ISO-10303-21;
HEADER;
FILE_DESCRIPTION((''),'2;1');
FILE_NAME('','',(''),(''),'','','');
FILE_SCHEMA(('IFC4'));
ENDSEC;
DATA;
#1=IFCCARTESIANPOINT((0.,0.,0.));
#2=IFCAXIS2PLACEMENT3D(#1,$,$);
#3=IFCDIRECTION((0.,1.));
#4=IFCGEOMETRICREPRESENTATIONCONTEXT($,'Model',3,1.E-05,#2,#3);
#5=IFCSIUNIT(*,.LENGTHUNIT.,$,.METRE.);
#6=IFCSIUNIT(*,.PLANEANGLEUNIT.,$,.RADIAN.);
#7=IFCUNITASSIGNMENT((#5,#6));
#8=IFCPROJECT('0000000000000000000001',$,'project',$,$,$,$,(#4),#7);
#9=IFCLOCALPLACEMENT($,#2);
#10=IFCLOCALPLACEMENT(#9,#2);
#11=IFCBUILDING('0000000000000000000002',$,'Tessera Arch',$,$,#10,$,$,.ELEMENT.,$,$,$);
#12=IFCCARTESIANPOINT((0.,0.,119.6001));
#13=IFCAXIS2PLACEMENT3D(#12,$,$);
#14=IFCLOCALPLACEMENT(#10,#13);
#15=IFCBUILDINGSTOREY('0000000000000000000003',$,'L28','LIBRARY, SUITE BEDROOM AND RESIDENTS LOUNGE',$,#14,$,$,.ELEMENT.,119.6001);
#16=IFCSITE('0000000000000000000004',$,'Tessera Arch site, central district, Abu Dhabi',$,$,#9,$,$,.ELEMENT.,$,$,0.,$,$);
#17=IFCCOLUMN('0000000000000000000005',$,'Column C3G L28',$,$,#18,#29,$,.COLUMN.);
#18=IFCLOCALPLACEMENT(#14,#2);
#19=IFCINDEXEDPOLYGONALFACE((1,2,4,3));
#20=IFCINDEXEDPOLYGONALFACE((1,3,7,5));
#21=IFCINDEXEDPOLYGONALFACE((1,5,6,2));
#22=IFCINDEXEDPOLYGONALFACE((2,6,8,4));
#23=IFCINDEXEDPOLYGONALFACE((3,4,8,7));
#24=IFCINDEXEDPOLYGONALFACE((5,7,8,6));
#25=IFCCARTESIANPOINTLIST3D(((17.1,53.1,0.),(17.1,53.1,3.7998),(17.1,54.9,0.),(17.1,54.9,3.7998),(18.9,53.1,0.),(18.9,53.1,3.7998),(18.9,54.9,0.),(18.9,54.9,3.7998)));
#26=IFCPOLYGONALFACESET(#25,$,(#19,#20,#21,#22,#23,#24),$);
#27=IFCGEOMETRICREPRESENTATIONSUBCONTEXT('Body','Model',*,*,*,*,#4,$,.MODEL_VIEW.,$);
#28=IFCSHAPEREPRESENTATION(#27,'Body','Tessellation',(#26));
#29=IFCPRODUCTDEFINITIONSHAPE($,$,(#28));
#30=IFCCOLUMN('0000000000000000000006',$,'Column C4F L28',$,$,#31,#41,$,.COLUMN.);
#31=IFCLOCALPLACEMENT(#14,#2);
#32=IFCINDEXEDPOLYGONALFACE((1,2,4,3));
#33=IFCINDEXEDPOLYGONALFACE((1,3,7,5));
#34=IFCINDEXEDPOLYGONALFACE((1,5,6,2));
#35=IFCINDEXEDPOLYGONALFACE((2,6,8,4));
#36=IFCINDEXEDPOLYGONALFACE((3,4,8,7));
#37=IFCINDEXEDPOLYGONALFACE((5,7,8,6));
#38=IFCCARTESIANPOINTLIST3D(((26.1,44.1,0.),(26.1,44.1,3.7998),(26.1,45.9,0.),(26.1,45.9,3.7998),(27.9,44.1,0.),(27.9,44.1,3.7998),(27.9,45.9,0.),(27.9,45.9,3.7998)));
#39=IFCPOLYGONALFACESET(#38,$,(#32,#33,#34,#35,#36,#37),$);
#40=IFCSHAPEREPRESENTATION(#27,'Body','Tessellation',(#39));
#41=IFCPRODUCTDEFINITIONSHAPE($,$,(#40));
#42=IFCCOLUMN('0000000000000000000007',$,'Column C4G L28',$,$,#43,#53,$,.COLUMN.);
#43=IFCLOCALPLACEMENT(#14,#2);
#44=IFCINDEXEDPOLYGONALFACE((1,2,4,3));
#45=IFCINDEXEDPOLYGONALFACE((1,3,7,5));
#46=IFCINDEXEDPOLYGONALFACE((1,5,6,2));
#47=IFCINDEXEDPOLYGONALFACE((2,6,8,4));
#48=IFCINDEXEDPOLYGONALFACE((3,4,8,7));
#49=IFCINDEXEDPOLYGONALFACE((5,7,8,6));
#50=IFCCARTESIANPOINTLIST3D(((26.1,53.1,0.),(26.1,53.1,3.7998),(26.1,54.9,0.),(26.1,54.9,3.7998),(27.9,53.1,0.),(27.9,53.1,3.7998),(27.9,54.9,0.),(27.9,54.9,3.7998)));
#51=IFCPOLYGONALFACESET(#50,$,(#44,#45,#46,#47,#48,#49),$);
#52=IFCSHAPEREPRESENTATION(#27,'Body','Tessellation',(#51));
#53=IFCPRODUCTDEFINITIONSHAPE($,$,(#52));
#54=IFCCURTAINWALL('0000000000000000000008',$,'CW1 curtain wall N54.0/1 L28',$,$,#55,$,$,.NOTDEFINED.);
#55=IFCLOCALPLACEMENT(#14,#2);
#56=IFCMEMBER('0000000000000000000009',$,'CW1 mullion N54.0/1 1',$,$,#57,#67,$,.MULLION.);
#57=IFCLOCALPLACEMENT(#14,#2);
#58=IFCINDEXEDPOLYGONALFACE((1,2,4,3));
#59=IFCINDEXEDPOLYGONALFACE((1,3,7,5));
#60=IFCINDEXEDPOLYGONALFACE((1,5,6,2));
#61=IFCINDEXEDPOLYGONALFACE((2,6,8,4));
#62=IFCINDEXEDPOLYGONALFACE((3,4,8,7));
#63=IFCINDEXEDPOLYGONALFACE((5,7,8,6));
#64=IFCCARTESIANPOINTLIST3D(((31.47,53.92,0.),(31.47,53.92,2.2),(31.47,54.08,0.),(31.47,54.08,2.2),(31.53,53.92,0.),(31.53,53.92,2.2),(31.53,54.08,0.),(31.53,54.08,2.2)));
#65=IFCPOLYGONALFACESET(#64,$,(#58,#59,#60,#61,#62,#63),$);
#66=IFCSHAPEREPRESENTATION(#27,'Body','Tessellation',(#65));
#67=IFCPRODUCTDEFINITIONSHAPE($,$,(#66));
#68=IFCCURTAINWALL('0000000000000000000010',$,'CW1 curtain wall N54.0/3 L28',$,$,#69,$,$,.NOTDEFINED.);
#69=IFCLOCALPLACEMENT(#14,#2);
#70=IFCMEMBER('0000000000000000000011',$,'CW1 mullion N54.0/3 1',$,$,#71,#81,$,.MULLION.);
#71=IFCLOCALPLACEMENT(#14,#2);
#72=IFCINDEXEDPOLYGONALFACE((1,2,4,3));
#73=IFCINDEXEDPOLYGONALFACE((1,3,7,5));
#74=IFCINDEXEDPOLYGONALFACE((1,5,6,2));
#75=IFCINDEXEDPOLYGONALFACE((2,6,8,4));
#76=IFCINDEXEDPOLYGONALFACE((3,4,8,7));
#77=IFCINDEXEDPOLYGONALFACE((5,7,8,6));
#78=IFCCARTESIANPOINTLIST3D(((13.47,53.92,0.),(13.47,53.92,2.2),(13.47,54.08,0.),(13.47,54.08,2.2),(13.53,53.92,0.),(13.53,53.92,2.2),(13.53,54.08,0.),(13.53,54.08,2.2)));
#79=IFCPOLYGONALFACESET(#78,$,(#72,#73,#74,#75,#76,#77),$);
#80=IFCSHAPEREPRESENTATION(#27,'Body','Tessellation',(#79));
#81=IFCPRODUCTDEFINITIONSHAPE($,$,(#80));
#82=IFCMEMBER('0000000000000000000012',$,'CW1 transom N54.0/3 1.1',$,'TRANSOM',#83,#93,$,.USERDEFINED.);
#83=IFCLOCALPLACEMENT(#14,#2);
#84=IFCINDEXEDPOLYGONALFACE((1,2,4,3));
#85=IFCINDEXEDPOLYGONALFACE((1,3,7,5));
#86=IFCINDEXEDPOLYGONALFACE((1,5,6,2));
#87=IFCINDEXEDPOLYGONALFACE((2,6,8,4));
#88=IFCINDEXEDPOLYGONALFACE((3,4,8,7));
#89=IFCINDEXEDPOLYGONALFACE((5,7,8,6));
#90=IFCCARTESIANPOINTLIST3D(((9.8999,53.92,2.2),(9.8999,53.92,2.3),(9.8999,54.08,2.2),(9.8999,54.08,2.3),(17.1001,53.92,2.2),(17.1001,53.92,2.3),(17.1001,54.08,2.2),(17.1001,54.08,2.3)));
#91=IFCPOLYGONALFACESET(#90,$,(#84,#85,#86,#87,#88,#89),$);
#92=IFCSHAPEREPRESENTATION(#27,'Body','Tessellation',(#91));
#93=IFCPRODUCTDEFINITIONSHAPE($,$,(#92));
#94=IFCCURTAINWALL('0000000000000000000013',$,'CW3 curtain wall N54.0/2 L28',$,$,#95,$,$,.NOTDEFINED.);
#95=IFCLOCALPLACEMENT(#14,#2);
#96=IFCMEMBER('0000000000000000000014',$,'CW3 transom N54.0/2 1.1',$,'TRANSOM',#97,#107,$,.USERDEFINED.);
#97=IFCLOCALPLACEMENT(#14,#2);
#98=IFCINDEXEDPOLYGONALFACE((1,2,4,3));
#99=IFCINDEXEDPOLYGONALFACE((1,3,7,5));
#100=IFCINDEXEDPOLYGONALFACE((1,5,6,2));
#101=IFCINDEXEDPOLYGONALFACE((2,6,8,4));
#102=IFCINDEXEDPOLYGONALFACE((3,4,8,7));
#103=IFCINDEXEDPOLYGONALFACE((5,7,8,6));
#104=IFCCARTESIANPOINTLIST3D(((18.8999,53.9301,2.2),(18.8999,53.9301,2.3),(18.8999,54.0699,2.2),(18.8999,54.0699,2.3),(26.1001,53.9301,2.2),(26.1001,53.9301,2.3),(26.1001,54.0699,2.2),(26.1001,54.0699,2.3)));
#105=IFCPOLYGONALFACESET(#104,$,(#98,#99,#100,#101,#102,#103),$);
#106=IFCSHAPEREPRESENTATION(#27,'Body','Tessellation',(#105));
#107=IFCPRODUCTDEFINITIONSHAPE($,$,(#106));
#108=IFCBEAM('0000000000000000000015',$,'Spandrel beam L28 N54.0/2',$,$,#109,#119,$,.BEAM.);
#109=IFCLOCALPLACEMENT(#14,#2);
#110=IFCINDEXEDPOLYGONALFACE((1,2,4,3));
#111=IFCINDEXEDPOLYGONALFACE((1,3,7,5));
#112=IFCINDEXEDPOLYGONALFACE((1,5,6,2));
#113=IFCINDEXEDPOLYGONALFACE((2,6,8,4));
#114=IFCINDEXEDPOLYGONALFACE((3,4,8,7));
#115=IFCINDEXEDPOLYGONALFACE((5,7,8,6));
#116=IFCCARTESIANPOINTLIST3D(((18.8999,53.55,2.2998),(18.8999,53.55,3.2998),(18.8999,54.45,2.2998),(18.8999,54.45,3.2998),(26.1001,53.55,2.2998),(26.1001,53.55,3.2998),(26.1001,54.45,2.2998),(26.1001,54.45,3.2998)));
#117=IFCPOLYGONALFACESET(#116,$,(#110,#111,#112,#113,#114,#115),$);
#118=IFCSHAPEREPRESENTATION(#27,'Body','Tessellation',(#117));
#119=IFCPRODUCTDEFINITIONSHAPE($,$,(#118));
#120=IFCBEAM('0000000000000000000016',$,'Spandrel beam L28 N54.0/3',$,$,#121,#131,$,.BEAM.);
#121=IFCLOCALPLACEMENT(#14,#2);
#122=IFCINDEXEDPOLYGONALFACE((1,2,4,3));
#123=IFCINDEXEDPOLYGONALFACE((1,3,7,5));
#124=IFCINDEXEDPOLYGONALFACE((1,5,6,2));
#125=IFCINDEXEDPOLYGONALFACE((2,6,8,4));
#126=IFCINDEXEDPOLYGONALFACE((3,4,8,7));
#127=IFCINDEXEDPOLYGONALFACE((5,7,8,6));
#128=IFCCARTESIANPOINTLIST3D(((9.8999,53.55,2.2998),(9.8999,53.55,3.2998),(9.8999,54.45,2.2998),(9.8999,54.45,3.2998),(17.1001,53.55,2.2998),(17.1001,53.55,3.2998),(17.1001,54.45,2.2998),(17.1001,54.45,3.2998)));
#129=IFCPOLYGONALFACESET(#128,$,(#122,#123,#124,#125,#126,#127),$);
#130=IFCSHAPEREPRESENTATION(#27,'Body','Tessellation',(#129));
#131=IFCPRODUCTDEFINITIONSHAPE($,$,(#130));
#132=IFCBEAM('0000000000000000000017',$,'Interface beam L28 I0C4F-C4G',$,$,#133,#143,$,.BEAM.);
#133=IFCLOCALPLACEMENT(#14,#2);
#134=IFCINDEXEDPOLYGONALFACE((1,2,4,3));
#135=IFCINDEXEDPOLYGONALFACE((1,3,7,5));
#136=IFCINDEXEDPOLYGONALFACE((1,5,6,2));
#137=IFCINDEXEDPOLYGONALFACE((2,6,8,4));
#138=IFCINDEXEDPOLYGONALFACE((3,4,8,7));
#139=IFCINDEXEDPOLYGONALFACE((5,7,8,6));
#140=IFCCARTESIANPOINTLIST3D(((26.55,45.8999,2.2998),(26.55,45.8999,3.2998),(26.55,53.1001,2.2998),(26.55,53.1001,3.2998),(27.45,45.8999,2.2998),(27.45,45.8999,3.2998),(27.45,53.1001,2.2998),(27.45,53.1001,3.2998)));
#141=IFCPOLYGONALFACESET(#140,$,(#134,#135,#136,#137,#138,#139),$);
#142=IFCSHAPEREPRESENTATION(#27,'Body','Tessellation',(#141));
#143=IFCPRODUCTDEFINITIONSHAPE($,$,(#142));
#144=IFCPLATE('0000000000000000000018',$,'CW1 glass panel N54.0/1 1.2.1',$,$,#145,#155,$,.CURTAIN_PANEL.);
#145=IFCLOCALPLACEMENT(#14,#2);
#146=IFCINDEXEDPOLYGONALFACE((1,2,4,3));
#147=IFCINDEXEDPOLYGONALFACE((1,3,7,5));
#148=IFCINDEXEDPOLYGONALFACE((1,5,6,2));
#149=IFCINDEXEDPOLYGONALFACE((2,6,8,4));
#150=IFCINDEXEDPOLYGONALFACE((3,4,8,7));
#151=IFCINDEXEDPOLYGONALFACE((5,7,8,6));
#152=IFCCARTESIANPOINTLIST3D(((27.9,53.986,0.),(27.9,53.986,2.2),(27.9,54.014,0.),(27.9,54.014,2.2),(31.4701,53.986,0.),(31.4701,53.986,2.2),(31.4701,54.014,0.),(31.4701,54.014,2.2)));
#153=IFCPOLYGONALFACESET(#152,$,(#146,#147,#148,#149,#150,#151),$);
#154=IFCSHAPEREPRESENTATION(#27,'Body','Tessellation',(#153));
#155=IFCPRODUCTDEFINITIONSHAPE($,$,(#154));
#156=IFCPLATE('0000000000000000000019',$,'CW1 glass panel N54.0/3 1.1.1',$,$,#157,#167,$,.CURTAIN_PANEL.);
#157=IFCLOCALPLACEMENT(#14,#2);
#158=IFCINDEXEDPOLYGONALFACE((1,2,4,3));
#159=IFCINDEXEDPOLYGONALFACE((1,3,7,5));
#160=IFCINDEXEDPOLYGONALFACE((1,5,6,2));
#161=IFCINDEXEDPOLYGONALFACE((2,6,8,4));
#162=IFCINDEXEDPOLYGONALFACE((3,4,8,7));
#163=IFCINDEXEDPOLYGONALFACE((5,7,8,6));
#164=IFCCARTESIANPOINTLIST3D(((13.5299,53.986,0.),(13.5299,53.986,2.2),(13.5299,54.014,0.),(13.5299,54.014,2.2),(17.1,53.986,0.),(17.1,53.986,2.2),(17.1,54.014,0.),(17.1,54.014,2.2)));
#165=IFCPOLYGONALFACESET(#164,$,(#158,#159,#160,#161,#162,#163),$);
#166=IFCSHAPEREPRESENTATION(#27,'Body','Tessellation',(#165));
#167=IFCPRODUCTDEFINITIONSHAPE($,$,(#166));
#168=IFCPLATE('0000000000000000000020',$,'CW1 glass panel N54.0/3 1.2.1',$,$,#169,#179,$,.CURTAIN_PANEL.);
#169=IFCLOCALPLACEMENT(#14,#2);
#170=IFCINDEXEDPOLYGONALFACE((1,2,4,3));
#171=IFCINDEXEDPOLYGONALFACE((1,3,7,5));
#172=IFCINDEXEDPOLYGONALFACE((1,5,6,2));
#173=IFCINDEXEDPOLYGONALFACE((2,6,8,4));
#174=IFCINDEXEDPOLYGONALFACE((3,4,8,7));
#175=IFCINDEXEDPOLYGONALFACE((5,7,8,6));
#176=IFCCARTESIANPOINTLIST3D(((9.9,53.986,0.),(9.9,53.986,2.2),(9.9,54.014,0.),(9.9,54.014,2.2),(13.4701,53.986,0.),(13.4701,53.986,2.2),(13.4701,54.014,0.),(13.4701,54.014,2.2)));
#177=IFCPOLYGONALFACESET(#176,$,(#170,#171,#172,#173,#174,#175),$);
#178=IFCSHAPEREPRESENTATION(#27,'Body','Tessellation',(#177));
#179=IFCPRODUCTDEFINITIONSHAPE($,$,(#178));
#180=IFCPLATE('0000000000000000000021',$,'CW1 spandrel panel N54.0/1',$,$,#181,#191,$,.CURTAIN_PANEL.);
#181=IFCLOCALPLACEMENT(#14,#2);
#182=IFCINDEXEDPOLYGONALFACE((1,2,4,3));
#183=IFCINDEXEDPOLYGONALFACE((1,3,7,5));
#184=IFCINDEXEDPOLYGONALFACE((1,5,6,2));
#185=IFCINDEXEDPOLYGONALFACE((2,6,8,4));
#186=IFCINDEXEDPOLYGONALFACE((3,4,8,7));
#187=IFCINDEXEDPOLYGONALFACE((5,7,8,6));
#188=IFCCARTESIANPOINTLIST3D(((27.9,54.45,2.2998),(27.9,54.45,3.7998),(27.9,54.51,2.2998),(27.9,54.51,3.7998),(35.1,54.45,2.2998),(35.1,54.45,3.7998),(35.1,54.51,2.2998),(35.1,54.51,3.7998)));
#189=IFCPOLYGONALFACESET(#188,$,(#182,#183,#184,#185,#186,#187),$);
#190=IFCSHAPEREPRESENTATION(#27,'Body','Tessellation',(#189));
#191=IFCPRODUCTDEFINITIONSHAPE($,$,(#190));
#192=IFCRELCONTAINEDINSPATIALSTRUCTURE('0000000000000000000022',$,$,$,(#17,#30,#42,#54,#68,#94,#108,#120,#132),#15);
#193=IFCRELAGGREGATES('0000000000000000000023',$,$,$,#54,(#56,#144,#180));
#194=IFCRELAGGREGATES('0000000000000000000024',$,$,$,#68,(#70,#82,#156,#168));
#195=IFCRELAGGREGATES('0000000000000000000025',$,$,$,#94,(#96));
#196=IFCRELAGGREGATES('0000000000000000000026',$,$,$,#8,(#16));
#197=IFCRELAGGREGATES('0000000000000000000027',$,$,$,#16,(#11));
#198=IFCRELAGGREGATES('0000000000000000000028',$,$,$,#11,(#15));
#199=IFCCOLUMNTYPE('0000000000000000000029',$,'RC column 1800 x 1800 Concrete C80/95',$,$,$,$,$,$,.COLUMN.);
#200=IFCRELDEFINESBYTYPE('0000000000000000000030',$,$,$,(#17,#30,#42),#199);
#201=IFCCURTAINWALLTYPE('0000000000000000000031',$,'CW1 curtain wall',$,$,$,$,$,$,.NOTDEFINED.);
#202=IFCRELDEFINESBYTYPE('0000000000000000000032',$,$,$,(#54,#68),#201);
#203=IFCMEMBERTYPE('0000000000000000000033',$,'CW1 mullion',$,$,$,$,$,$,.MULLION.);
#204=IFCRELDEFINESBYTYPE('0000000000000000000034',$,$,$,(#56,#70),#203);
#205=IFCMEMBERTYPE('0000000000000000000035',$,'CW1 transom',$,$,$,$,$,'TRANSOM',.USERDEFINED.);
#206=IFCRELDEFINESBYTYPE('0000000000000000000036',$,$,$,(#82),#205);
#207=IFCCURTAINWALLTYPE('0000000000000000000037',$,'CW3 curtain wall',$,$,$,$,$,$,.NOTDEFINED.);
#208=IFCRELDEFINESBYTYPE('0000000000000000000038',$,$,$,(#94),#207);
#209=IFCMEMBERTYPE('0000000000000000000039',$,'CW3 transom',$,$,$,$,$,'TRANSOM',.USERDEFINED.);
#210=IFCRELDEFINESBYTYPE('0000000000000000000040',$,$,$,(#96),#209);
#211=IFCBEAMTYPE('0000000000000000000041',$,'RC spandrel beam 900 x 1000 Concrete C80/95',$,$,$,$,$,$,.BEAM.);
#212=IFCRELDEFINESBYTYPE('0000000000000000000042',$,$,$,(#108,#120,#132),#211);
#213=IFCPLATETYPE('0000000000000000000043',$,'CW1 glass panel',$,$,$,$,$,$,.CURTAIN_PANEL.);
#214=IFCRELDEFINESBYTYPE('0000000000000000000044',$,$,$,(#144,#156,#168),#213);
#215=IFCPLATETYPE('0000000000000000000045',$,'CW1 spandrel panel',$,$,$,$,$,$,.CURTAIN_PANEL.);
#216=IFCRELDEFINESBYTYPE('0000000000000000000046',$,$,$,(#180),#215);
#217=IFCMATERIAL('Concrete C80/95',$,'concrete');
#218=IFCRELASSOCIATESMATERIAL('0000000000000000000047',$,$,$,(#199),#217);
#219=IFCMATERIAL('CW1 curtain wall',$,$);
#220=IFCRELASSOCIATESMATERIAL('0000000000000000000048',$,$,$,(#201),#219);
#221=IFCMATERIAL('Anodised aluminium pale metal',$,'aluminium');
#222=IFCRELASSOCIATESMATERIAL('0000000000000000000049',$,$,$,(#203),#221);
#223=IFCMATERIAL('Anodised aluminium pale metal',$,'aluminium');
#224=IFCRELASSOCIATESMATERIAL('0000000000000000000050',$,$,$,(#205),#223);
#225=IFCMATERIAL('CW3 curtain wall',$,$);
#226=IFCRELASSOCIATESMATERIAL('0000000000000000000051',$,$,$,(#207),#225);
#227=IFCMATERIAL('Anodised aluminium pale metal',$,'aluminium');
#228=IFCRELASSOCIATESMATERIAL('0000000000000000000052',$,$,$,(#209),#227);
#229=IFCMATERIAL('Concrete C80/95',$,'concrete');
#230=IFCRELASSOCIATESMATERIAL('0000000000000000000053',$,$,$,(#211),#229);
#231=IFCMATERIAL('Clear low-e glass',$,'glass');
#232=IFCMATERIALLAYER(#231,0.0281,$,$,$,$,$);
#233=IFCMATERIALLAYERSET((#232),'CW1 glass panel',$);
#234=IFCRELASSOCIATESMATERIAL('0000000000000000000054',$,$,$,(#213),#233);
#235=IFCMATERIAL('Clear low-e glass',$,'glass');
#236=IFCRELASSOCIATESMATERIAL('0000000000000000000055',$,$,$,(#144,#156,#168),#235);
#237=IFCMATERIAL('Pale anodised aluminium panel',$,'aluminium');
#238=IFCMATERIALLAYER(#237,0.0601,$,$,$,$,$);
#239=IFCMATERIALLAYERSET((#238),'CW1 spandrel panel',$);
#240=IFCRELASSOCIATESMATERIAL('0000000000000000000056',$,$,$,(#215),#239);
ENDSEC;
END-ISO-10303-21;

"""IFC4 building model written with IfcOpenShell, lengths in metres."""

from ifc_helpers import new_model, si_unit, direction, frame, origin, origin_2d, place, context, subcontext, project, spatial, rectangle, extrude, material, layer, layer_set, material_profile, profile_set, type_object, element, aggregate, save


model = new_model("IFC4")

# Units and contexts
model_context = context("Model", 3, precision=1e-05, world=origin(), true_north=direction((0.0, 1.0)))
body_context = subcontext(model_context, "Body", "Model", "MODEL_VIEW")
ifc_project = project(units=[si_unit("LENGTHUNIT", "METRE"), si_unit("PLANEANGLEUNIT", "RADIAN")], contexts=[model_context])

# Site, building, storey
site_placement = place(None, origin())
site = spatial("IfcSite", under=ifc_project, at=site_placement, Name="Tessera Arch site, central district, Abu Dhabi", CompositionType="ELEMENT", RefElevation=0.0)
building_placement = place(site_placement, origin())
building = spatial("IfcBuilding", under=site, at=building_placement, Name="Tessera Arch", CompositionType="ELEMENT")
storey_placement = place(building_placement, frame((0.0, 0.0, 119.6001)))
storey = spatial("IfcBuildingStorey", under=building, at=storey_placement, Name="L28", Description="LIBRARY, SUITE BEDROOM AND RESIDENTS LOUNGE", CompositionType="ELEMENT", Elevation=119.6001)

# Columns
ifc_material_1 = material(Name="Concrete C80/95", Category="concrete")
ifc_material_profile_1 = material_profile(ifc_material_1, rectangle(XDim=1.8, YDim=1.8, at=origin_2d()), Name="RC column 1800 x 1800 Concrete C80/95")
ifc_profile_set_1 = profile_set([ifc_material_profile_1], Name="Concrete C80/95")
column_type = type_object("IfcColumnType", Name="RC column 1800 x 1800 Concrete C80/95", PredefinedType="COLUMN", material=ifc_profile_set_1)
for number, where, z_axis, x_axis, name in (
    (1, (18.0, 54.0, 0.0), (0.0, 0.0, 1.0), (1.0, 0.0, 0.0), "Column C3G L28"),
    (2, (27.0, 45.0, 0.0), (0.0, 0.0, 1.0), (1.0, 0.0, 0.0), "Column C4F L28"),
    (3, (27.0, 54.0, 0.0), (0.0, 0.0, 1.0), (1.0, 0.0, 0.0), "Column C4G L28"),
):
    element("IfcColumn", number, at=place(storey_placement, frame(where, z_axis=z_axis, x_axis=x_axis)), inside=storey, type_object=column_type, Name=name, PredefinedType="COLUMN", context=body_context, shape_type="SweptSolid", body=[
        extrude(rectangle(XDim=1.8, YDim=1.8, at=origin_2d()), origin(), (0.0, 0.0, 1.0), 3.7998),
    ])

# Curtain wall, member
ifc_material_2 = material(Name="CW1 curtain wall")
curtain_wall_type_1 = type_object("IfcCurtainWallType", Name="CW1 curtain wall", PredefinedType="NOTDEFINED", material=ifc_material_2)
curtain_wall_1_placement = place(storey_placement, origin())
curtain_wall_1 = element("IfcCurtainWall", 4, at=curtain_wall_1_placement, inside=storey, type_object=curtain_wall_type_1, Name="CW1 curtain wall N54.0/1 L28", PredefinedType="NOTDEFINED")
ifc_material_3 = material(Name="Anodised aluminium pale metal", Category="aluminium")
ifc_material_profile_2 = material_profile(ifc_material_3, rectangle(XDim=0.1599, YDim=0.0601, at=origin_2d()), Name="AL 60x160")
ifc_profile_set_2 = profile_set([ifc_material_profile_2], Name="Anodised aluminium pale metal")
member_type_1 = type_object("IfcMemberType", Name="CW1 mullion", PredefinedType="MULLION", material=ifc_profile_set_2)
member_1_placement = place(storey_placement, frame((31.5, 54.0, 0.0), z_axis=(0.0, 0.0, 1.0), x_axis=(0.0, -1.0, 0.0)))
member_1 = element("IfcMember", 5, at=member_1_placement, type_object=member_type_1, Name="CW1 mullion N54.0/1 1", PredefinedType="MULLION", context=body_context, shape_type="SweptSolid", body=[
    extrude(rectangle(XDim=0.1599, YDim=0.0601, at=origin_2d()), origin(), (0.0, 0.0, 1.0), 2.2),
])

# Curtain wall, members
curtain_wall_2_placement = place(storey_placement, origin())
curtain_wall_2 = element("IfcCurtainWall", 6, at=curtain_wall_2_placement, inside=storey, type_object=curtain_wall_type_1, Name="CW1 curtain wall N54.0/3 L28", PredefinedType="NOTDEFINED")
member_2_placement = place(storey_placement, frame((13.5, 54.0, 0.0), z_axis=(0.0, 0.0, 1.0), x_axis=(0.0, -1.0, 0.0)))
member_2 = element("IfcMember", 7, at=member_2_placement, type_object=member_type_1, Name="CW1 mullion N54.0/3 1", PredefinedType="MULLION", context=body_context, shape_type="SweptSolid", body=[
    extrude(rectangle(XDim=0.1599, YDim=0.0601, at=origin_2d()), origin(), (0.0, 0.0, 1.0), 2.2),
])
ifc_material_4 = material(Name="Anodised aluminium pale metal", Category="aluminium")
ifc_material_profile_3 = material_profile(ifc_material_4, rectangle(XDim=0.1599, YDim=0.1001, at=origin_2d()), Name="AL 160x100")
ifc_profile_set_3 = profile_set([ifc_material_profile_3], Name="Anodised aluminium pale metal")
member_type_2 = type_object("IfcMemberType", Name="CW1 transom", ElementType="TRANSOM", PredefinedType="USERDEFINED", material=ifc_profile_set_3)
member_3_placement = place(storey_placement, frame((17.1001, 54.0, 2.25), z_axis=(-1.0, 0.0, 0.0), x_axis=(0.0, -1.0, 0.0)))
member_3 = element("IfcMember", 8, at=member_3_placement, type_object=member_type_2, Name="CW1 transom N54.0/3 1.1", ObjectType="TRANSOM", PredefinedType="USERDEFINED", context=body_context, shape_type="SweptSolid", body=[
    extrude(rectangle(XDim=0.1599, YDim=0.1001, at=origin_2d()), origin(), (0.0, 0.0, 1.0), 7.2002),
])

# Curtain wall, member
ifc_material_5 = material(Name="CW3 curtain wall")
curtain_wall_type_2 = type_object("IfcCurtainWallType", Name="CW3 curtain wall", PredefinedType="NOTDEFINED", material=ifc_material_5)
curtain_wall_3_placement = place(storey_placement, origin())
curtain_wall_3 = element("IfcCurtainWall", 9, at=curtain_wall_3_placement, inside=storey, type_object=curtain_wall_type_2, Name="CW3 curtain wall N54.0/2 L28", PredefinedType="NOTDEFINED")
ifc_material_6 = material(Name="Anodised aluminium pale metal", Category="aluminium")
ifc_material_profile_4 = material_profile(ifc_material_6, rectangle(XDim=0.1399, YDim=0.1001, at=origin_2d()), Name="AL 140x100")
ifc_profile_set_4 = profile_set([ifc_material_profile_4], Name="Anodised aluminium pale metal")
member_type_3 = type_object("IfcMemberType", Name="CW3 transom", ElementType="TRANSOM", PredefinedType="USERDEFINED", material=ifc_profile_set_4)
member_4_placement = place(storey_placement, frame((26.1001, 54.0, 2.25), z_axis=(-1.0, 0.0, 0.0), x_axis=(0.0, -1.0, 0.0)))
member_4 = element("IfcMember", 10, at=member_4_placement, type_object=member_type_3, Name="CW3 transom N54.0/2 1.1", ObjectType="TRANSOM", PredefinedType="USERDEFINED", context=body_context, shape_type="SweptSolid", body=[
    extrude(rectangle(XDim=0.1399, YDim=0.1001, at=origin_2d()), origin(), (0.0, 0.0, 1.0), 7.2002),
])

# Beams
ifc_material_7 = material(Name="Concrete C80/95", Category="concrete")
ifc_material_profile_5 = material_profile(ifc_material_7, rectangle(XDim=0.8999, YDim=1.0, at=origin_2d()), Name="RC spandrel beam 900 x 1000 Concrete C80/95")
ifc_profile_set_5 = profile_set([ifc_material_profile_5], Name="Concrete C80/95")
beam_type = type_object("IfcBeamType", Name="RC spandrel beam 900 x 1000 Concrete C80/95", PredefinedType="BEAM", material=ifc_profile_set_5)
for number, where, z_axis, x_axis, name in (
    (11, (26.1001, 54.0, 2.7998), (-1.0, 0.0, 0.0), (0.0, -1.0, 0.0), "Spandrel beam L28 N54.0/2"),
    (12, (17.1001, 54.0, 2.7998), (-1.0, 0.0, 0.0), (0.0, -1.0, 0.0), "Spandrel beam L28 N54.0/3"),
    (13, (27.0, 45.8999, 2.7998), (0.0, 1.0, 0.0), (-1.0, 0.0, 0.0), "Interface beam L28 I0C4F-C4G"),
):
    element("IfcBeam", number, at=place(storey_placement, frame(where, z_axis=z_axis, x_axis=x_axis)), inside=storey, type_object=beam_type, Name=name, PredefinedType="BEAM", context=body_context, shape_type="SweptSolid", body=[
        extrude(rectangle(XDim=0.8999, YDim=1.0, at=origin_2d()), origin(), (0.0, 0.0, 1.0), 7.2002),
    ])

# Plates
ifc_material_8 = material(Name="Clear low-e glass", Category="glass")
ifc_material_9 = material(Name="Clear low-e glass", Category="glass")
ifc_layer_1 = layer(ifc_material_9, 0.0281)
ifc_layer_set_1 = layer_set([ifc_layer_1], Name="CW1 glass panel")
plate_type_1 = type_object("IfcPlateType", Name="CW1 glass panel", PredefinedType="CURTAIN_PANEL", material=ifc_layer_set_1)
plate_1_placement = place(storey_placement, frame((29.6851, 54.0, 0.0), z_axis=(0.0, 0.0, 1.0), x_axis=(-1.0, 0.0, 0.0)))
plate_1 = element("IfcPlate", 14, at=plate_1_placement, type_object=plate_type_1, material=ifc_material_8, Name="CW1 glass panel N54.0/1 1.2.1", PredefinedType="CURTAIN_PANEL", context=body_context, shape_type="SweptSolid", body=[
    extrude(rectangle(XDim=3.5701, YDim=0.0281, at=origin_2d()), origin(), (0.0, 0.0, 1.0), 2.2),
])
plate_2_placement = place(storey_placement, frame((15.3149, 54.0, 0.0), z_axis=(0.0, 0.0, 1.0), x_axis=(-1.0, 0.0, 0.0)))
plate_2 = element("IfcPlate", 15, at=plate_2_placement, type_object=plate_type_1, material=ifc_material_8, Name="CW1 glass panel N54.0/3 1.1.1", PredefinedType="CURTAIN_PANEL", context=body_context, shape_type="SweptSolid", body=[
    extrude(rectangle(XDim=3.5701, YDim=0.0281, at=origin_2d()), origin(), (0.0, 0.0, 1.0), 2.2),
])
plate_3_placement = place(storey_placement, frame((11.6851, 54.0, 0.0), z_axis=(0.0, 0.0, 1.0), x_axis=(-1.0, 0.0, 0.0)))
plate_3 = element("IfcPlate", 16, at=plate_3_placement, type_object=plate_type_1, material=ifc_material_8, Name="CW1 glass panel N54.0/3 1.2.1", PredefinedType="CURTAIN_PANEL", context=body_context, shape_type="SweptSolid", body=[
    extrude(rectangle(XDim=3.5701, YDim=0.0281, at=origin_2d()), origin(), (0.0, 0.0, 1.0), 2.2),
])
ifc_material_10 = material(Name="Pale anodised aluminium panel", Category="aluminium")
ifc_layer_2 = layer(ifc_material_10, 0.0601)
ifc_layer_set_2 = layer_set([ifc_layer_2], Name="CW1 spandrel panel")
plate_type_2 = type_object("IfcPlateType", Name="CW1 spandrel panel", PredefinedType="CURTAIN_PANEL", material=ifc_layer_set_2)
plate_4_placement = place(storey_placement, frame((31.5, 54.48, 2.2998), z_axis=(0.0, 0.0, 1.0), x_axis=(-1.0, 0.0, 0.0)))
plate_4 = element("IfcPlate", 17, at=plate_4_placement, type_object=plate_type_2, Name="CW1 spandrel panel N54.0/1", PredefinedType="CURTAIN_PANEL", context=body_context, shape_type="SweptSolid", body=[
    extrude(rectangle(XDim=7.2, YDim=0.0601, at=origin_2d()), origin(), (0.0, 0.0, 1.0), 1.5),
])
aggregate(curtain_wall_1, [member_1, plate_1, plate_4])
aggregate(curtain_wall_2, [member_2, member_3, plate_2, plate_3])
aggregate(curtain_wall_3, [member_4])

save(model, "model.ifc")
